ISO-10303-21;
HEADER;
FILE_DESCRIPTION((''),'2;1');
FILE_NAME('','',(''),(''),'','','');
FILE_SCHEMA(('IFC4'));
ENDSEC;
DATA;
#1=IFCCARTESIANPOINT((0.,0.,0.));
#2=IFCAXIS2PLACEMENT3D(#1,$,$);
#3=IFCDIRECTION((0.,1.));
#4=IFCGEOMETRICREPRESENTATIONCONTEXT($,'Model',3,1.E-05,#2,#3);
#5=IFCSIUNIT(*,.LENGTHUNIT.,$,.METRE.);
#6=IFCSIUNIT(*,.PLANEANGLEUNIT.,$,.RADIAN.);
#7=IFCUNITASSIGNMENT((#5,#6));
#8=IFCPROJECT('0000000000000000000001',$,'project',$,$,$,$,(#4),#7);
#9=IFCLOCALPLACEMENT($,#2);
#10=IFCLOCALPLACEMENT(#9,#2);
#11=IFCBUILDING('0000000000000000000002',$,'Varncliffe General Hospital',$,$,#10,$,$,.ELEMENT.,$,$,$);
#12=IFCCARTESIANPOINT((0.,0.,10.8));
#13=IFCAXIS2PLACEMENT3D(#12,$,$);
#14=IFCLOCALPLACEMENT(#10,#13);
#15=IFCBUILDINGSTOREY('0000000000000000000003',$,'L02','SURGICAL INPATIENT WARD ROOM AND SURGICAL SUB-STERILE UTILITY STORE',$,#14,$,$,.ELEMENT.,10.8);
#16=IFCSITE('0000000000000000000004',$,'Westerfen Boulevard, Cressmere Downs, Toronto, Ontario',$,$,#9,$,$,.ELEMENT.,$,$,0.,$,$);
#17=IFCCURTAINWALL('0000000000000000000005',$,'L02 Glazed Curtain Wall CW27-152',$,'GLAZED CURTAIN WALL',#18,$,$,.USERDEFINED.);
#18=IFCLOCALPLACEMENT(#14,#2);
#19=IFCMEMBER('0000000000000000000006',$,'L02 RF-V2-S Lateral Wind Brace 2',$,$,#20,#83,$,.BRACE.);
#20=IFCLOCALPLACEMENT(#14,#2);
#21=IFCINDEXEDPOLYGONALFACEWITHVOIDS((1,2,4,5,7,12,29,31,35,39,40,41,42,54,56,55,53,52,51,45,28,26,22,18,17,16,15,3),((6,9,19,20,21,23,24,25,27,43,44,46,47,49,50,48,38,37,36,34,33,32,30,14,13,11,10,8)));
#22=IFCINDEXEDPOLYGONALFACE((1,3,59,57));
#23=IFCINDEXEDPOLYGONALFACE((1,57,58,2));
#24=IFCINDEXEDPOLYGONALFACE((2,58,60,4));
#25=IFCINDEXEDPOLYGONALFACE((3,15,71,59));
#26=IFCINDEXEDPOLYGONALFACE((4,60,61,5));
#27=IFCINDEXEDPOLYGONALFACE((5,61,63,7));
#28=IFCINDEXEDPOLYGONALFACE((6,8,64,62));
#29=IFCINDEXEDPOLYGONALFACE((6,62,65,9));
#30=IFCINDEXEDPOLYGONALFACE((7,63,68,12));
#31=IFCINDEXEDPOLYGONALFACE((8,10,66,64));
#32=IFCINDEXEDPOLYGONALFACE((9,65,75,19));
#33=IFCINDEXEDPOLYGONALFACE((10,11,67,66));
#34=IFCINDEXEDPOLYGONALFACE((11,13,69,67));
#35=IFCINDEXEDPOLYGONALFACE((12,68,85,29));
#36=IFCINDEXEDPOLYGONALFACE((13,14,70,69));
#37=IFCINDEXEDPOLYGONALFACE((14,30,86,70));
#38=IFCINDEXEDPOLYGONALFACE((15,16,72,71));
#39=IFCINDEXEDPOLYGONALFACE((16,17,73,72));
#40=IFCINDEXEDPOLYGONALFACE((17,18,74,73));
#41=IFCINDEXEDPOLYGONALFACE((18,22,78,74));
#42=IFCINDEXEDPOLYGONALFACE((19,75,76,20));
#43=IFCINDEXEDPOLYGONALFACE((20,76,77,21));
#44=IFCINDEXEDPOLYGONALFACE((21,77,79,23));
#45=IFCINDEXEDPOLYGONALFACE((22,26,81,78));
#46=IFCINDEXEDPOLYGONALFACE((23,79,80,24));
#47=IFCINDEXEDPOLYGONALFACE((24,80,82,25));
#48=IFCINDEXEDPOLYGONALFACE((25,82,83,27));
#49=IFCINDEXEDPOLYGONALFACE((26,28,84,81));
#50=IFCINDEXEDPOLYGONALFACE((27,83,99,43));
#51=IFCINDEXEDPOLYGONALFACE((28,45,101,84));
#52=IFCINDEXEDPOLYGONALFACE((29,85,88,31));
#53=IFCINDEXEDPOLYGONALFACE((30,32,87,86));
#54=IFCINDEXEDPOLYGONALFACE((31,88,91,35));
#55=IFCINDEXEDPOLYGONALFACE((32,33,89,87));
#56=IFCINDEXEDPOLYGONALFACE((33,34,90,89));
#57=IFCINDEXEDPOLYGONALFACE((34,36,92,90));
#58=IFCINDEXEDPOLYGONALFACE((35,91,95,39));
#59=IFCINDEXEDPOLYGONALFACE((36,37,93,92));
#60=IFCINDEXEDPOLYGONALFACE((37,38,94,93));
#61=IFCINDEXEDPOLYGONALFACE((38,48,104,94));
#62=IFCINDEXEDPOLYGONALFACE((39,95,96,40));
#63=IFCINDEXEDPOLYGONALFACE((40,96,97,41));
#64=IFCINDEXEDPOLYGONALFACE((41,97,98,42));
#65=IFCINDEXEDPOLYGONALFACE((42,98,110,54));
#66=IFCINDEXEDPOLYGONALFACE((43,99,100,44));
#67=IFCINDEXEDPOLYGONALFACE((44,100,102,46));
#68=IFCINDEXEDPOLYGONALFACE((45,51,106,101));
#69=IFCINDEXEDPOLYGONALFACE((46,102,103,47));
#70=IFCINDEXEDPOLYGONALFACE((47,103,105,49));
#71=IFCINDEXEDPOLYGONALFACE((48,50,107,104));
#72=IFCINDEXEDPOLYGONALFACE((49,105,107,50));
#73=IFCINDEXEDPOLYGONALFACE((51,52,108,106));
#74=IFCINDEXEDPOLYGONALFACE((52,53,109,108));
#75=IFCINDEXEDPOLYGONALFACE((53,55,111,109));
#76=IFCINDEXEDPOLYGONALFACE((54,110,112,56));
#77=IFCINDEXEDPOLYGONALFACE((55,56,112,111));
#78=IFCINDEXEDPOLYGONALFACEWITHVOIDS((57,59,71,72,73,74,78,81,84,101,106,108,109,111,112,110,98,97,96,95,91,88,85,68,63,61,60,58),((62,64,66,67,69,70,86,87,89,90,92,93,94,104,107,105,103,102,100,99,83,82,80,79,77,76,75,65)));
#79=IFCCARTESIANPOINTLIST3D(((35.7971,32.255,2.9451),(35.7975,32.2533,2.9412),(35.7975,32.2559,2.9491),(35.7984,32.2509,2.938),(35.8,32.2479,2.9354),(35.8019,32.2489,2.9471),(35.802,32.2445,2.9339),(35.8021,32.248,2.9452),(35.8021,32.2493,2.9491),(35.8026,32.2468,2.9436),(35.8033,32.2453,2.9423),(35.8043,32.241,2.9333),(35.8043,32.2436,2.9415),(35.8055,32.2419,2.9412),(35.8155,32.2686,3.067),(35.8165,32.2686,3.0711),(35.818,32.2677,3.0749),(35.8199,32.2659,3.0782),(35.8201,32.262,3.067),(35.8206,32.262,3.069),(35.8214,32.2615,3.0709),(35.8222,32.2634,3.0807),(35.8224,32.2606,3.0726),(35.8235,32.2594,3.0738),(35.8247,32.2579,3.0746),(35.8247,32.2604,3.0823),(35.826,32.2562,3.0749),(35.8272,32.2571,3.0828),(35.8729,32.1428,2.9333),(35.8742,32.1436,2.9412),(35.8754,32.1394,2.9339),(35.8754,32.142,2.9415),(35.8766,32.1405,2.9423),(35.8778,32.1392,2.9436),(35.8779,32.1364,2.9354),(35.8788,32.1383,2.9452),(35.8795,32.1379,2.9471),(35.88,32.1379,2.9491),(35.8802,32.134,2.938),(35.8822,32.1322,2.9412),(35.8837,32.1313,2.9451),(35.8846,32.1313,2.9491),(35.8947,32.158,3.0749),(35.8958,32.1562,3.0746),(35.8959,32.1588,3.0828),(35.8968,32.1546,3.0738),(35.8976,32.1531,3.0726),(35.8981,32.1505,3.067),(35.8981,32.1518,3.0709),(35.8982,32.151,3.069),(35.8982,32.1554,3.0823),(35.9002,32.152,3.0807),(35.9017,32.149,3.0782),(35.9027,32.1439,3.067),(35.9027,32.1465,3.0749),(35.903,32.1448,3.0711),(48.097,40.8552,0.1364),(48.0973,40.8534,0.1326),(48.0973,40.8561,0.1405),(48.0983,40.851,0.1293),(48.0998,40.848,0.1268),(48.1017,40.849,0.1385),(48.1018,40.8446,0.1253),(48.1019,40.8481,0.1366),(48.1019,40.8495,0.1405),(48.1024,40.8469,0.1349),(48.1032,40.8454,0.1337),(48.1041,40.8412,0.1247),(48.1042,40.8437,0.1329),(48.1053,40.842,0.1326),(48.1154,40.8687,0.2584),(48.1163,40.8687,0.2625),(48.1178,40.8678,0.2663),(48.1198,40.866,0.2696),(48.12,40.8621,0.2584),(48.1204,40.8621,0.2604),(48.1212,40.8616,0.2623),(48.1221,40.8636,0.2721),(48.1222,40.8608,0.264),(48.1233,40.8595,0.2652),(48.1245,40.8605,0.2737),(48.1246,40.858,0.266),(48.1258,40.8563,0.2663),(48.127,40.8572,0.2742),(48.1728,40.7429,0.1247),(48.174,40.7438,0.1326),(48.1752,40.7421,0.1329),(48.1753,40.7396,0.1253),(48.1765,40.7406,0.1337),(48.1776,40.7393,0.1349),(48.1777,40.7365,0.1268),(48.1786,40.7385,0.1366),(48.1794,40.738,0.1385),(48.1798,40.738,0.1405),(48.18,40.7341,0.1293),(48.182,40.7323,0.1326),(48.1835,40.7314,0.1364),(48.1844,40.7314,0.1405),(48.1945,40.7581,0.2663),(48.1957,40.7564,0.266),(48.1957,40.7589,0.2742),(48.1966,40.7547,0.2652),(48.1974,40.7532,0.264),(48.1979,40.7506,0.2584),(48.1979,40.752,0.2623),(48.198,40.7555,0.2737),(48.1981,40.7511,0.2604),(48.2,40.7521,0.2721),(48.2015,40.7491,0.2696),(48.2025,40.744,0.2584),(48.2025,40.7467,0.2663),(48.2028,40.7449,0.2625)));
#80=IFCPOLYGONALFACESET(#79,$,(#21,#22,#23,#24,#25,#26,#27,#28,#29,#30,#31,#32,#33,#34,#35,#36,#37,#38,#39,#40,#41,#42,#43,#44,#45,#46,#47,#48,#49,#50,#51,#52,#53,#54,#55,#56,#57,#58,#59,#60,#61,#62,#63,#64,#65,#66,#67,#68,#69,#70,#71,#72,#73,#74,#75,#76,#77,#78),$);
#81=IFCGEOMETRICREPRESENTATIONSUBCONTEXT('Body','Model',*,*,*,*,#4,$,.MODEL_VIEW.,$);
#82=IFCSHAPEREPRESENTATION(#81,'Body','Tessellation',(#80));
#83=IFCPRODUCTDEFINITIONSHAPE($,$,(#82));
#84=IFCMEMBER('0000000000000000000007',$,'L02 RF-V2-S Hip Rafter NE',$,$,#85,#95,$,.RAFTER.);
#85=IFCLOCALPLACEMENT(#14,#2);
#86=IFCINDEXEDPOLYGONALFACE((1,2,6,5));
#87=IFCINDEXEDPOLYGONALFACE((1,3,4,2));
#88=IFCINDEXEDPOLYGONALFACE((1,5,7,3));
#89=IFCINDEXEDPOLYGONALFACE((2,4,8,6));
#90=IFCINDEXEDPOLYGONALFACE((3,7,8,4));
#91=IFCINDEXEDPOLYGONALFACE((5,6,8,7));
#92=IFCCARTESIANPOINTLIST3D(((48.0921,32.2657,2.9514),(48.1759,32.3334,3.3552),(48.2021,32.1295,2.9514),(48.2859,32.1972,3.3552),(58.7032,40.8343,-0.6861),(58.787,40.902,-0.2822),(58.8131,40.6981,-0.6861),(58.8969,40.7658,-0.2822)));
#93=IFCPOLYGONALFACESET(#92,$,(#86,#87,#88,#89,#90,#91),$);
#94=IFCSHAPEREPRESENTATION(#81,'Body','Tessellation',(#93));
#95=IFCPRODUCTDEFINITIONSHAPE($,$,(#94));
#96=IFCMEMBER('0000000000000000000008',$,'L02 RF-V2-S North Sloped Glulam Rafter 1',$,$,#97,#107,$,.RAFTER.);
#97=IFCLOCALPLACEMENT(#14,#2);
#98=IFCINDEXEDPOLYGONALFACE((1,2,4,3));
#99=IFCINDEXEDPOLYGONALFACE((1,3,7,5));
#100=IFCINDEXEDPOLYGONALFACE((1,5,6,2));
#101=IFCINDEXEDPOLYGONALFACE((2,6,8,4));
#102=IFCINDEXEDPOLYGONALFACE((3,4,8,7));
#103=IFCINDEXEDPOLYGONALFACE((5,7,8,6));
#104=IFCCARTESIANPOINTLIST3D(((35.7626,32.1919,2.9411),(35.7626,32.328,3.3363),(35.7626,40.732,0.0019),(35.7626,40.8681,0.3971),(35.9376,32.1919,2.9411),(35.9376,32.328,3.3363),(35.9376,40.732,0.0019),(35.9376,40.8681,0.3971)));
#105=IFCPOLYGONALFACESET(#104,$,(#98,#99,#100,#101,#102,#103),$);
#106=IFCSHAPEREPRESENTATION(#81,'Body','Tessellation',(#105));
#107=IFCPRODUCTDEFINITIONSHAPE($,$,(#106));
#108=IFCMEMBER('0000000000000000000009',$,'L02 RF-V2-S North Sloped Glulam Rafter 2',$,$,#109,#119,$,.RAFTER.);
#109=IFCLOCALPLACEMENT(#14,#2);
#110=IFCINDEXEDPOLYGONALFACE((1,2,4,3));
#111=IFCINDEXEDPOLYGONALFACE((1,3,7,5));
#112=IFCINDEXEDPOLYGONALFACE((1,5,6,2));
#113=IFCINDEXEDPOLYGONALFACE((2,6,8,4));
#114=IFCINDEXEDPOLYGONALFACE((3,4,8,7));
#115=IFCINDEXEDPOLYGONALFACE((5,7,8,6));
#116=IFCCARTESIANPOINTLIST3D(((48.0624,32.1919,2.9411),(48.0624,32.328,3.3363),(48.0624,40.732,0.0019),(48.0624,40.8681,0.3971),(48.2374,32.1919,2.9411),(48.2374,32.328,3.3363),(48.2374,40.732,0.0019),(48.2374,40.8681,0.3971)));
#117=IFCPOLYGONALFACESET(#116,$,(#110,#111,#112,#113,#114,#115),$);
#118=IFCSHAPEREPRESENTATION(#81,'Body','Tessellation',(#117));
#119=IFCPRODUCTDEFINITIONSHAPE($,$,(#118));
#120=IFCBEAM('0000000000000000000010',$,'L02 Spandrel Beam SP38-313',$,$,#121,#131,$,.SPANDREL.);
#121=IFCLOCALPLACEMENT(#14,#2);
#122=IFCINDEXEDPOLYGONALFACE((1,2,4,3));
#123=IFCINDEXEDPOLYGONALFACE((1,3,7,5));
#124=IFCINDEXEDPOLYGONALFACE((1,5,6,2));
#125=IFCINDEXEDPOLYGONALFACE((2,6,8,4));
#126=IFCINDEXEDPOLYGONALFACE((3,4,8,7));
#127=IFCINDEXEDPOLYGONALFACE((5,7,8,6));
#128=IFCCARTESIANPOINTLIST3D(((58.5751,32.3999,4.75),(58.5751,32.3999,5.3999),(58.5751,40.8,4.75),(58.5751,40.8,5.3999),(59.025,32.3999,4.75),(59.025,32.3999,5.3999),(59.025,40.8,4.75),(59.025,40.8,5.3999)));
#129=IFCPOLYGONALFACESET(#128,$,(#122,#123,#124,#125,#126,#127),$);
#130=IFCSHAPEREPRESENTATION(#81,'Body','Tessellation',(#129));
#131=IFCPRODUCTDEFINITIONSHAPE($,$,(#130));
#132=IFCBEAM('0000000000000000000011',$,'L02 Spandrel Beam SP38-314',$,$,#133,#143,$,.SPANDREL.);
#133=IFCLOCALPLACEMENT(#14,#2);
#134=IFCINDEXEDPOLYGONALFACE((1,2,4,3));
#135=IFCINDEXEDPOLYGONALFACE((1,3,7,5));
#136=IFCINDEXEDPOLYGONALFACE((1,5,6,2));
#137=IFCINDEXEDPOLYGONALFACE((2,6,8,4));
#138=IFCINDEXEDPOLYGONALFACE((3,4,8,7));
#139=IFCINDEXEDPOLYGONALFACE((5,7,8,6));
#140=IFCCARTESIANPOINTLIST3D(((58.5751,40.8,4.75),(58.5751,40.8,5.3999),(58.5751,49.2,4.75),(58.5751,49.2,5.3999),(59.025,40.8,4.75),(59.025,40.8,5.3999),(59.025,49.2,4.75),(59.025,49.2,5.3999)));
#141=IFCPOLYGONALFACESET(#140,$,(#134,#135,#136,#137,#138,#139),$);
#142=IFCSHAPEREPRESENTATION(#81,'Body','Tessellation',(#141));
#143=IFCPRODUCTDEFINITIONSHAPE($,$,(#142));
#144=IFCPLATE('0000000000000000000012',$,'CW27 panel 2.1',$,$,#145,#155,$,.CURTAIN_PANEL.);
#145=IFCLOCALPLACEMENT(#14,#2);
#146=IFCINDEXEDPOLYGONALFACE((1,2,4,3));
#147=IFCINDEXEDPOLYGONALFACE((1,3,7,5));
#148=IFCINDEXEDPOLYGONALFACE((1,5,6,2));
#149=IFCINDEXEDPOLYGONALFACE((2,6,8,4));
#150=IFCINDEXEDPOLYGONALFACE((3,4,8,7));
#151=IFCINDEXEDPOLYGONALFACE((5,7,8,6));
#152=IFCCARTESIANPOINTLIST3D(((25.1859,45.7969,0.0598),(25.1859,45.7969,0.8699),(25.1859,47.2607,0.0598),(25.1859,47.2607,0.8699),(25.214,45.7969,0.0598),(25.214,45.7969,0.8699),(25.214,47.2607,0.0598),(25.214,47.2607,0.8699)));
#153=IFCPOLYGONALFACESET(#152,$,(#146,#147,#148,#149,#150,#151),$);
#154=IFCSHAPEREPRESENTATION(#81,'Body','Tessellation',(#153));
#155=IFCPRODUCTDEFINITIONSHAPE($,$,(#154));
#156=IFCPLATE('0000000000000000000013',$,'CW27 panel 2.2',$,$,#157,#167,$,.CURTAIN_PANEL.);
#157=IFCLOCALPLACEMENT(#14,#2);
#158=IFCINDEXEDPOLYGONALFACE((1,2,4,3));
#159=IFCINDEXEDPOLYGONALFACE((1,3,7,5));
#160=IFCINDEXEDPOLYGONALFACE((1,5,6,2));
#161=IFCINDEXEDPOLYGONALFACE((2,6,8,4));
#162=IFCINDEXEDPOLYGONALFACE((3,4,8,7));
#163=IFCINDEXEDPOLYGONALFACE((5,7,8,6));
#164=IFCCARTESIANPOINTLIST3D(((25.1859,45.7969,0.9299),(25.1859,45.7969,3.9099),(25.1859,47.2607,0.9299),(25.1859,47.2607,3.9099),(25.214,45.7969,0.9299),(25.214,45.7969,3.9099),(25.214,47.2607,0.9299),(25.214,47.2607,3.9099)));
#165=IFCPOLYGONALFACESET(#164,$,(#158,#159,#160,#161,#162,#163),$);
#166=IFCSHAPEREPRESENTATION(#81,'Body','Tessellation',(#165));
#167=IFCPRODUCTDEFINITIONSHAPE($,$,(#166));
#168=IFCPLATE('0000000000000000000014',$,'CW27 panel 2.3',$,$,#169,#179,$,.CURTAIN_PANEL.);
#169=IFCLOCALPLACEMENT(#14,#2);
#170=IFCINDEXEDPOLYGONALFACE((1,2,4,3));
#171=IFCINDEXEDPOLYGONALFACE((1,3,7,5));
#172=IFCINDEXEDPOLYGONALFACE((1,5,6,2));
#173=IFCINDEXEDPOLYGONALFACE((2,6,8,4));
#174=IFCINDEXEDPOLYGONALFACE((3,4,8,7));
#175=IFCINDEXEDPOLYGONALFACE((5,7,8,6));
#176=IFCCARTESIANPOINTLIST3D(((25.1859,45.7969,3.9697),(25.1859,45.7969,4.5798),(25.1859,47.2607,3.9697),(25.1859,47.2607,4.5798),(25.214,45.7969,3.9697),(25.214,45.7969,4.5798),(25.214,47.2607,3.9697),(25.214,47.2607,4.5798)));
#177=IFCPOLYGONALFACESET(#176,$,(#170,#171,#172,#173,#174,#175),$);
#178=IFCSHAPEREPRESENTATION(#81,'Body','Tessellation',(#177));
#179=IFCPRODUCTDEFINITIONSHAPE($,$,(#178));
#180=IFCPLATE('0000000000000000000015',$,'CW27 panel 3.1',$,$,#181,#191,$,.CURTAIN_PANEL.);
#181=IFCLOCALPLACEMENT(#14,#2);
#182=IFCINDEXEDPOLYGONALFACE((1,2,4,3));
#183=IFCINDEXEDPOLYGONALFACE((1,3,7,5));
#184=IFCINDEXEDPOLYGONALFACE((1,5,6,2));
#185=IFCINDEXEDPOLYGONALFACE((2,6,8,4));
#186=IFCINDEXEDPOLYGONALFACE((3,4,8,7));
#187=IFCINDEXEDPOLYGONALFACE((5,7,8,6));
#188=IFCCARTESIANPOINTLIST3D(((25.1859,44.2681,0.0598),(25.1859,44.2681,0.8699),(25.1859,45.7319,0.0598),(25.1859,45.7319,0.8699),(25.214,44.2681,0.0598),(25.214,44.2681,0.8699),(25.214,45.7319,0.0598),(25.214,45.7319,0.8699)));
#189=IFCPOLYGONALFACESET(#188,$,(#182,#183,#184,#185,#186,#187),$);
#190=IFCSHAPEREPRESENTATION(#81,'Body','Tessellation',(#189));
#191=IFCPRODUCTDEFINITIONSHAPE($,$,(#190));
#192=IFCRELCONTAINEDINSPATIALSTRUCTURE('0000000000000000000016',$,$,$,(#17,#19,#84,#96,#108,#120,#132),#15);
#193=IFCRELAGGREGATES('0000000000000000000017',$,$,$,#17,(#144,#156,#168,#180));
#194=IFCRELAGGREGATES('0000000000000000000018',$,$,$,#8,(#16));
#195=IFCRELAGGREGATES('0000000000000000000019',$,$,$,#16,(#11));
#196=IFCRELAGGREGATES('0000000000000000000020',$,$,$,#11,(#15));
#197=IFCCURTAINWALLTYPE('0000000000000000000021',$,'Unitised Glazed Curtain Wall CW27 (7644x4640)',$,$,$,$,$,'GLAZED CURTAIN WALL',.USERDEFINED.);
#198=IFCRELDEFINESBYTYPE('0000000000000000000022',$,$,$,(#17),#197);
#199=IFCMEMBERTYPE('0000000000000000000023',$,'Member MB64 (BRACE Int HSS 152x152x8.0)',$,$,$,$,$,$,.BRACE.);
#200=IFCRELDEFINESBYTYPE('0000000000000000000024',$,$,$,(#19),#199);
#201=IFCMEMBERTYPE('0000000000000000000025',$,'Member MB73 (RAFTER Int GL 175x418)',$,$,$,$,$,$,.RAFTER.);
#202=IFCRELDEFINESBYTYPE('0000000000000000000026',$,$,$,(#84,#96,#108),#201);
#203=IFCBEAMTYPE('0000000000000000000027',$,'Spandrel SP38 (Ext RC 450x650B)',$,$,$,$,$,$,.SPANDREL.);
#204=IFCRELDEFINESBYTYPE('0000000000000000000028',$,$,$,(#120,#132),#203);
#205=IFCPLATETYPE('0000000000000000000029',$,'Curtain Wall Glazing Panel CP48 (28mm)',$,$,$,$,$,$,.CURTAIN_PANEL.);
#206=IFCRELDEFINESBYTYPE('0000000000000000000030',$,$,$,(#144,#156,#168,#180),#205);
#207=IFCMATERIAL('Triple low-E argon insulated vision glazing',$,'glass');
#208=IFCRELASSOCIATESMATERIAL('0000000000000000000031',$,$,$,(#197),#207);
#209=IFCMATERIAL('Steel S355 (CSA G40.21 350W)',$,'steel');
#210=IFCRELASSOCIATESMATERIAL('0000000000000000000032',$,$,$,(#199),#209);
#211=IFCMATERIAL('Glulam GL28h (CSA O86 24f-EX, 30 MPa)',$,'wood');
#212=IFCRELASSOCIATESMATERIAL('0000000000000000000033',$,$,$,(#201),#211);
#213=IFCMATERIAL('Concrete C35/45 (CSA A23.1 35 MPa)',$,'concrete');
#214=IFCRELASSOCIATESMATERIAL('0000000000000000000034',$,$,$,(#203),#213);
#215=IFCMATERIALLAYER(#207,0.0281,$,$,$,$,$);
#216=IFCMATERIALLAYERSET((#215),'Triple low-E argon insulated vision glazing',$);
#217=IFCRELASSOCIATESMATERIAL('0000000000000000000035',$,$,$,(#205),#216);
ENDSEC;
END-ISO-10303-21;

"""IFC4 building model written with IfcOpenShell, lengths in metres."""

from ifc_helpers import new_model, si_unit, direction, frame, origin, origin_2d, place, context, subcontext, project, spatial, rectangle, hollow_rectangle, extrude, material, layer, layer_set, material_profile, profile_set, type_object, element, aggregate, save


model = new_model("IFC4")

# Units and contexts
model_context = context("Model", 3, precision=1e-05, world=origin(), true_north=direction((0.0, 1.0)))
body_context = subcontext(model_context, "Body", "Model", "MODEL_VIEW")
ifc_project = project(units=[si_unit("LENGTHUNIT", "METRE"), si_unit("PLANEANGLEUNIT", "RADIAN")], contexts=[model_context])

# Site, building, storey
site_placement = place(None, origin())
site = spatial("IfcSite", under=ifc_project, at=site_placement, Name="Westerfen Boulevard, Cressmere Downs, Toronto, Ontario", CompositionType="ELEMENT", RefElevation=0.0)
building_placement = place(site_placement, origin())
building = spatial("IfcBuilding", under=site, at=building_placement, Name="Varncliffe General Hospital", CompositionType="ELEMENT")
storey_placement = place(building_placement, frame((0.0, 0.0, 10.8)))
storey = spatial("IfcBuildingStorey", under=building, at=storey_placement, Name="L02", Description="SURGICAL INPATIENT WARD ROOM AND SURGICAL SUB-STERILE UTILITY STORE", CompositionType="ELEMENT", Elevation=10.8)

# Shared definitions
ifc_material_1 = material(Name="Glulam GL28h (CSA O86 24f-EX, 30 MPa)", Category="wood")

# Curtain wall
ifc_material_2 = material(Name="Triple low-E argon insulated vision glazing", Category="glass")
curtain_wall_type = type_object("IfcCurtainWallType", Name="Unitised Glazed Curtain Wall CW27 (7644x4640)", ElementType="GLAZED CURTAIN WALL", PredefinedType="USERDEFINED", material=ifc_material_2)
curtain_wall_placement = place(storey_placement, origin())
curtain_wall = element("IfcCurtainWall", 1, at=curtain_wall_placement, inside=storey, type_object=curtain_wall_type, Name="L02 Glazed Curtain Wall CW27-152", ObjectType="GLAZED CURTAIN WALL", PredefinedType="USERDEFINED")

# Members
ifc_material_3 = material(Name="Steel S355 (CSA G40.21 350W)", Category="steel")
ifc_material_profile_1 = material_profile(ifc_material_3, hollow_rectangle(XDim=0.1521, YDim=0.1521, WallThickness=0.0081, InnerFilletRadius=0.0081, OuterFilletRadius=0.0161, at=origin_2d()), Name="HSS 152x152x8.0")
ifc_profile_set_1 = profile_set([ifc_material_profile_1], Name="Steel S355 (CSA G40.21 350W)")
member_type_1 = type_object("IfcMemberType", Name="Member MB64 (BRACE Int HSS 152x152x8.0)", PredefinedType="BRACE", material=ifc_profile_set_1)
member_1_placement = place(storey_placement, frame((48.1499, 40.8, 0.1995), z_axis=(-0.805554, -0.563248, 0.183944), x_axis=(0.573026, -0.819537, 0.0)))
element("IfcMember", 2, at=member_1_placement, inside=storey, type_object=member_type_1, Name="L02 RF-V2-S Lateral Wind Brace 2", PredefinedType="BRACE", context=body_context, shape_type="SweptSolid", body=[
    extrude(hollow_rectangle(XDim=0.1521, YDim=0.1521, WallThickness=0.0081, InnerFilletRadius=0.0081, OuterFilletRadius=0.0161, at=origin_2d()), origin(), (0.0, 0.0, 1.0), 15.2688),
])
ifc_material_profile_2 = material_profile(ifc_material_1, rectangle(XDim=0.175, YDim=0.418, at=origin_2d()), Name="GL 175x418")
ifc_profile_set_2 = profile_set([ifc_material_profile_2], Name="Glulam GL28h (CSA O86 24f-EX, 30 MPa)")
member_type_2 = type_object("IfcMemberType", Name="Member MB73 (RAFTER Int GL 175x418)", PredefinedType="RAFTER", material=ifc_profile_set_2)
member_2_placement = place(storey_placement, frame((58.8, 40.8, -0.4841), z_axis=(-0.751733, -0.607035, 0.257692), x_axis=(0.628253, -0.778009, 0.0)))
element("IfcMember", 3, at=member_2_placement, inside=storey, type_object=member_type_2, Name="L02 RF-V2-S Hip Rafter NE", PredefinedType="RAFTER", context=body_context, shape_type="SweptSolid", body=[
    extrude(rectangle(XDim=0.175, YDim=0.418, at=origin_2d()), origin(), (0.0, 0.0, 1.0), 14.1155),
])
for number, where, z_axis, x_axis, name in (
    (4, (35.8501, 40.8, 0.1995), (0.0, -0.945565, 0.325433), (1.0, 0.0, 0.0), "L02 RF-V2-S North Sloped Glulam Rafter 1"),
    (5, (48.1499, 40.8, 0.1995), (0.0, -0.945565, 0.325433), (1.0, 0.0, 0.0), "L02 RF-V2-S North Sloped Glulam Rafter 2"),
):
    element("IfcMember", number, at=place(storey_placement, frame(where, z_axis=z_axis, x_axis=x_axis)), inside=storey, type_object=member_type_2, Name=name, PredefinedType="RAFTER", context=body_context, shape_type="SweptSolid", body=[
        extrude(rectangle(XDim=0.175, YDim=0.418, at=origin_2d()), origin(), (0.0, 0.0, 1.0), 9.0317),
    ])

# Beams
ifc_material_4 = material(Name="Concrete C35/45 (CSA A23.1 35 MPa)", Category="concrete")
ifc_material_profile_3 = material_profile(ifc_material_4, rectangle(XDim=0.45, YDim=0.6499, at=origin_2d()), Name="RC 450x650")
ifc_profile_set_3 = profile_set([ifc_material_profile_3], Name="Concrete C35/45 (CSA A23.1 35 MPa)")
beam_type_1 = type_object("IfcBeamType", Name="Spandrel SP38 (Ext RC 450x650B)", PredefinedType="SPANDREL", material=ifc_profile_set_3)
beam_1_placement = place(storey_placement, frame((58.8, 32.3999, 5.075), z_axis=(0.0, 1.0, 0.0), x_axis=(-1.0, 0.0, 0.0)))
element("IfcBeam", 6, at=beam_1_placement, inside=storey, type_object=beam_type_1, Name="L02 Spandrel Beam SP38-313", PredefinedType="SPANDREL", context=body_context, shape_type="SweptSolid", body=[
    extrude(rectangle(XDim=0.45, YDim=0.6499, at=origin_2d()), origin(), (0.0, 0.0, 1.0), 8.4001),
])
beam_2_placement = place(storey_placement, frame((58.8, 40.8, 5.075), z_axis=(0.0, 1.0, 0.0), x_axis=(-1.0, 0.0, 0.0)))
element("IfcBeam", 7, at=beam_2_placement, inside=storey, type_object=beam_type_1, Name="L02 Spandrel Beam SP38-314", PredefinedType="SPANDREL", context=body_context, shape_type="SweptSolid", body=[
    extrude(rectangle(XDim=0.45, YDim=0.6499, at=origin_2d()), origin(), (0.0, 0.0, 1.0), 8.3999),
])

# Plates
ifc_layer_1 = layer(ifc_material_2, 0.0281)
ifc_layer_set_1 = layer_set([ifc_layer_1], Name="Triple low-E argon insulated vision glazing")
plate_type = type_object("IfcPlateType", Name="Curtain Wall Glazing Panel CP48 (28mm)", PredefinedType="CURTAIN_PANEL", material=ifc_layer_set_1)
plate_1_placement = place(storey_placement, frame((25.2, 46.5288, 0.0598), z_axis=(0.0, 0.0, 1.0), x_axis=(0.0, -1.0, 0.0)))
plate_1 = element("IfcPlate", 8, at=plate_1_placement, type_object=plate_type, Name="CW27 panel 2.1", PredefinedType="CURTAIN_PANEL", context=body_context, shape_type="SweptSolid", body=[
    extrude(rectangle(XDim=1.4639, YDim=0.0281, at=origin_2d()), origin(), (0.0, 0.0, 1.0), 0.8101),
])
plate_2_placement = place(storey_placement, frame((25.2, 46.5288, 0.9299), z_axis=(0.0, 0.0, 1.0), x_axis=(0.0, -1.0, 0.0)))
plate_2 = element("IfcPlate", 9, at=plate_2_placement, type_object=plate_type, Name="CW27 panel 2.2", PredefinedType="CURTAIN_PANEL", context=body_context, shape_type="SweptSolid", body=[
    extrude(rectangle(XDim=1.4639, YDim=0.0281, at=origin_2d()), origin(), (0.0, 0.0, 1.0), 2.98),
])
plate_3_placement = place(storey_placement, frame((25.2, 46.5288, 3.9697), z_axis=(0.0, 0.0, 1.0), x_axis=(0.0, -1.0, 0.0)))
plate_3 = element("IfcPlate", 10, at=plate_3_placement, type_object=plate_type, Name="CW27 panel 2.3", PredefinedType="CURTAIN_PANEL", context=body_context, shape_type="SweptSolid", body=[
    extrude(rectangle(XDim=1.4639, YDim=0.0281, at=origin_2d()), origin(), (0.0, 0.0, 1.0), 0.6101),
])
plate_4_placement = place(storey_placement, frame((25.2, 45.0, 0.0598), z_axis=(0.0, 0.0, 1.0), x_axis=(0.0, -1.0, 0.0)))
plate_4 = element("IfcPlate", 11, at=plate_4_placement, type_object=plate_type, Name="CW27 panel 3.1", PredefinedType="CURTAIN_PANEL", context=body_context, shape_type="SweptSolid", body=[
    extrude(rectangle(XDim=1.4639, YDim=0.0281, at=origin_2d()), origin(), (0.0, 0.0, 1.0), 0.8101),
])
aggregate(curtain_wall, [plate_1, plate_2, plate_3, plate_4])

save(model, "model.ifc")
